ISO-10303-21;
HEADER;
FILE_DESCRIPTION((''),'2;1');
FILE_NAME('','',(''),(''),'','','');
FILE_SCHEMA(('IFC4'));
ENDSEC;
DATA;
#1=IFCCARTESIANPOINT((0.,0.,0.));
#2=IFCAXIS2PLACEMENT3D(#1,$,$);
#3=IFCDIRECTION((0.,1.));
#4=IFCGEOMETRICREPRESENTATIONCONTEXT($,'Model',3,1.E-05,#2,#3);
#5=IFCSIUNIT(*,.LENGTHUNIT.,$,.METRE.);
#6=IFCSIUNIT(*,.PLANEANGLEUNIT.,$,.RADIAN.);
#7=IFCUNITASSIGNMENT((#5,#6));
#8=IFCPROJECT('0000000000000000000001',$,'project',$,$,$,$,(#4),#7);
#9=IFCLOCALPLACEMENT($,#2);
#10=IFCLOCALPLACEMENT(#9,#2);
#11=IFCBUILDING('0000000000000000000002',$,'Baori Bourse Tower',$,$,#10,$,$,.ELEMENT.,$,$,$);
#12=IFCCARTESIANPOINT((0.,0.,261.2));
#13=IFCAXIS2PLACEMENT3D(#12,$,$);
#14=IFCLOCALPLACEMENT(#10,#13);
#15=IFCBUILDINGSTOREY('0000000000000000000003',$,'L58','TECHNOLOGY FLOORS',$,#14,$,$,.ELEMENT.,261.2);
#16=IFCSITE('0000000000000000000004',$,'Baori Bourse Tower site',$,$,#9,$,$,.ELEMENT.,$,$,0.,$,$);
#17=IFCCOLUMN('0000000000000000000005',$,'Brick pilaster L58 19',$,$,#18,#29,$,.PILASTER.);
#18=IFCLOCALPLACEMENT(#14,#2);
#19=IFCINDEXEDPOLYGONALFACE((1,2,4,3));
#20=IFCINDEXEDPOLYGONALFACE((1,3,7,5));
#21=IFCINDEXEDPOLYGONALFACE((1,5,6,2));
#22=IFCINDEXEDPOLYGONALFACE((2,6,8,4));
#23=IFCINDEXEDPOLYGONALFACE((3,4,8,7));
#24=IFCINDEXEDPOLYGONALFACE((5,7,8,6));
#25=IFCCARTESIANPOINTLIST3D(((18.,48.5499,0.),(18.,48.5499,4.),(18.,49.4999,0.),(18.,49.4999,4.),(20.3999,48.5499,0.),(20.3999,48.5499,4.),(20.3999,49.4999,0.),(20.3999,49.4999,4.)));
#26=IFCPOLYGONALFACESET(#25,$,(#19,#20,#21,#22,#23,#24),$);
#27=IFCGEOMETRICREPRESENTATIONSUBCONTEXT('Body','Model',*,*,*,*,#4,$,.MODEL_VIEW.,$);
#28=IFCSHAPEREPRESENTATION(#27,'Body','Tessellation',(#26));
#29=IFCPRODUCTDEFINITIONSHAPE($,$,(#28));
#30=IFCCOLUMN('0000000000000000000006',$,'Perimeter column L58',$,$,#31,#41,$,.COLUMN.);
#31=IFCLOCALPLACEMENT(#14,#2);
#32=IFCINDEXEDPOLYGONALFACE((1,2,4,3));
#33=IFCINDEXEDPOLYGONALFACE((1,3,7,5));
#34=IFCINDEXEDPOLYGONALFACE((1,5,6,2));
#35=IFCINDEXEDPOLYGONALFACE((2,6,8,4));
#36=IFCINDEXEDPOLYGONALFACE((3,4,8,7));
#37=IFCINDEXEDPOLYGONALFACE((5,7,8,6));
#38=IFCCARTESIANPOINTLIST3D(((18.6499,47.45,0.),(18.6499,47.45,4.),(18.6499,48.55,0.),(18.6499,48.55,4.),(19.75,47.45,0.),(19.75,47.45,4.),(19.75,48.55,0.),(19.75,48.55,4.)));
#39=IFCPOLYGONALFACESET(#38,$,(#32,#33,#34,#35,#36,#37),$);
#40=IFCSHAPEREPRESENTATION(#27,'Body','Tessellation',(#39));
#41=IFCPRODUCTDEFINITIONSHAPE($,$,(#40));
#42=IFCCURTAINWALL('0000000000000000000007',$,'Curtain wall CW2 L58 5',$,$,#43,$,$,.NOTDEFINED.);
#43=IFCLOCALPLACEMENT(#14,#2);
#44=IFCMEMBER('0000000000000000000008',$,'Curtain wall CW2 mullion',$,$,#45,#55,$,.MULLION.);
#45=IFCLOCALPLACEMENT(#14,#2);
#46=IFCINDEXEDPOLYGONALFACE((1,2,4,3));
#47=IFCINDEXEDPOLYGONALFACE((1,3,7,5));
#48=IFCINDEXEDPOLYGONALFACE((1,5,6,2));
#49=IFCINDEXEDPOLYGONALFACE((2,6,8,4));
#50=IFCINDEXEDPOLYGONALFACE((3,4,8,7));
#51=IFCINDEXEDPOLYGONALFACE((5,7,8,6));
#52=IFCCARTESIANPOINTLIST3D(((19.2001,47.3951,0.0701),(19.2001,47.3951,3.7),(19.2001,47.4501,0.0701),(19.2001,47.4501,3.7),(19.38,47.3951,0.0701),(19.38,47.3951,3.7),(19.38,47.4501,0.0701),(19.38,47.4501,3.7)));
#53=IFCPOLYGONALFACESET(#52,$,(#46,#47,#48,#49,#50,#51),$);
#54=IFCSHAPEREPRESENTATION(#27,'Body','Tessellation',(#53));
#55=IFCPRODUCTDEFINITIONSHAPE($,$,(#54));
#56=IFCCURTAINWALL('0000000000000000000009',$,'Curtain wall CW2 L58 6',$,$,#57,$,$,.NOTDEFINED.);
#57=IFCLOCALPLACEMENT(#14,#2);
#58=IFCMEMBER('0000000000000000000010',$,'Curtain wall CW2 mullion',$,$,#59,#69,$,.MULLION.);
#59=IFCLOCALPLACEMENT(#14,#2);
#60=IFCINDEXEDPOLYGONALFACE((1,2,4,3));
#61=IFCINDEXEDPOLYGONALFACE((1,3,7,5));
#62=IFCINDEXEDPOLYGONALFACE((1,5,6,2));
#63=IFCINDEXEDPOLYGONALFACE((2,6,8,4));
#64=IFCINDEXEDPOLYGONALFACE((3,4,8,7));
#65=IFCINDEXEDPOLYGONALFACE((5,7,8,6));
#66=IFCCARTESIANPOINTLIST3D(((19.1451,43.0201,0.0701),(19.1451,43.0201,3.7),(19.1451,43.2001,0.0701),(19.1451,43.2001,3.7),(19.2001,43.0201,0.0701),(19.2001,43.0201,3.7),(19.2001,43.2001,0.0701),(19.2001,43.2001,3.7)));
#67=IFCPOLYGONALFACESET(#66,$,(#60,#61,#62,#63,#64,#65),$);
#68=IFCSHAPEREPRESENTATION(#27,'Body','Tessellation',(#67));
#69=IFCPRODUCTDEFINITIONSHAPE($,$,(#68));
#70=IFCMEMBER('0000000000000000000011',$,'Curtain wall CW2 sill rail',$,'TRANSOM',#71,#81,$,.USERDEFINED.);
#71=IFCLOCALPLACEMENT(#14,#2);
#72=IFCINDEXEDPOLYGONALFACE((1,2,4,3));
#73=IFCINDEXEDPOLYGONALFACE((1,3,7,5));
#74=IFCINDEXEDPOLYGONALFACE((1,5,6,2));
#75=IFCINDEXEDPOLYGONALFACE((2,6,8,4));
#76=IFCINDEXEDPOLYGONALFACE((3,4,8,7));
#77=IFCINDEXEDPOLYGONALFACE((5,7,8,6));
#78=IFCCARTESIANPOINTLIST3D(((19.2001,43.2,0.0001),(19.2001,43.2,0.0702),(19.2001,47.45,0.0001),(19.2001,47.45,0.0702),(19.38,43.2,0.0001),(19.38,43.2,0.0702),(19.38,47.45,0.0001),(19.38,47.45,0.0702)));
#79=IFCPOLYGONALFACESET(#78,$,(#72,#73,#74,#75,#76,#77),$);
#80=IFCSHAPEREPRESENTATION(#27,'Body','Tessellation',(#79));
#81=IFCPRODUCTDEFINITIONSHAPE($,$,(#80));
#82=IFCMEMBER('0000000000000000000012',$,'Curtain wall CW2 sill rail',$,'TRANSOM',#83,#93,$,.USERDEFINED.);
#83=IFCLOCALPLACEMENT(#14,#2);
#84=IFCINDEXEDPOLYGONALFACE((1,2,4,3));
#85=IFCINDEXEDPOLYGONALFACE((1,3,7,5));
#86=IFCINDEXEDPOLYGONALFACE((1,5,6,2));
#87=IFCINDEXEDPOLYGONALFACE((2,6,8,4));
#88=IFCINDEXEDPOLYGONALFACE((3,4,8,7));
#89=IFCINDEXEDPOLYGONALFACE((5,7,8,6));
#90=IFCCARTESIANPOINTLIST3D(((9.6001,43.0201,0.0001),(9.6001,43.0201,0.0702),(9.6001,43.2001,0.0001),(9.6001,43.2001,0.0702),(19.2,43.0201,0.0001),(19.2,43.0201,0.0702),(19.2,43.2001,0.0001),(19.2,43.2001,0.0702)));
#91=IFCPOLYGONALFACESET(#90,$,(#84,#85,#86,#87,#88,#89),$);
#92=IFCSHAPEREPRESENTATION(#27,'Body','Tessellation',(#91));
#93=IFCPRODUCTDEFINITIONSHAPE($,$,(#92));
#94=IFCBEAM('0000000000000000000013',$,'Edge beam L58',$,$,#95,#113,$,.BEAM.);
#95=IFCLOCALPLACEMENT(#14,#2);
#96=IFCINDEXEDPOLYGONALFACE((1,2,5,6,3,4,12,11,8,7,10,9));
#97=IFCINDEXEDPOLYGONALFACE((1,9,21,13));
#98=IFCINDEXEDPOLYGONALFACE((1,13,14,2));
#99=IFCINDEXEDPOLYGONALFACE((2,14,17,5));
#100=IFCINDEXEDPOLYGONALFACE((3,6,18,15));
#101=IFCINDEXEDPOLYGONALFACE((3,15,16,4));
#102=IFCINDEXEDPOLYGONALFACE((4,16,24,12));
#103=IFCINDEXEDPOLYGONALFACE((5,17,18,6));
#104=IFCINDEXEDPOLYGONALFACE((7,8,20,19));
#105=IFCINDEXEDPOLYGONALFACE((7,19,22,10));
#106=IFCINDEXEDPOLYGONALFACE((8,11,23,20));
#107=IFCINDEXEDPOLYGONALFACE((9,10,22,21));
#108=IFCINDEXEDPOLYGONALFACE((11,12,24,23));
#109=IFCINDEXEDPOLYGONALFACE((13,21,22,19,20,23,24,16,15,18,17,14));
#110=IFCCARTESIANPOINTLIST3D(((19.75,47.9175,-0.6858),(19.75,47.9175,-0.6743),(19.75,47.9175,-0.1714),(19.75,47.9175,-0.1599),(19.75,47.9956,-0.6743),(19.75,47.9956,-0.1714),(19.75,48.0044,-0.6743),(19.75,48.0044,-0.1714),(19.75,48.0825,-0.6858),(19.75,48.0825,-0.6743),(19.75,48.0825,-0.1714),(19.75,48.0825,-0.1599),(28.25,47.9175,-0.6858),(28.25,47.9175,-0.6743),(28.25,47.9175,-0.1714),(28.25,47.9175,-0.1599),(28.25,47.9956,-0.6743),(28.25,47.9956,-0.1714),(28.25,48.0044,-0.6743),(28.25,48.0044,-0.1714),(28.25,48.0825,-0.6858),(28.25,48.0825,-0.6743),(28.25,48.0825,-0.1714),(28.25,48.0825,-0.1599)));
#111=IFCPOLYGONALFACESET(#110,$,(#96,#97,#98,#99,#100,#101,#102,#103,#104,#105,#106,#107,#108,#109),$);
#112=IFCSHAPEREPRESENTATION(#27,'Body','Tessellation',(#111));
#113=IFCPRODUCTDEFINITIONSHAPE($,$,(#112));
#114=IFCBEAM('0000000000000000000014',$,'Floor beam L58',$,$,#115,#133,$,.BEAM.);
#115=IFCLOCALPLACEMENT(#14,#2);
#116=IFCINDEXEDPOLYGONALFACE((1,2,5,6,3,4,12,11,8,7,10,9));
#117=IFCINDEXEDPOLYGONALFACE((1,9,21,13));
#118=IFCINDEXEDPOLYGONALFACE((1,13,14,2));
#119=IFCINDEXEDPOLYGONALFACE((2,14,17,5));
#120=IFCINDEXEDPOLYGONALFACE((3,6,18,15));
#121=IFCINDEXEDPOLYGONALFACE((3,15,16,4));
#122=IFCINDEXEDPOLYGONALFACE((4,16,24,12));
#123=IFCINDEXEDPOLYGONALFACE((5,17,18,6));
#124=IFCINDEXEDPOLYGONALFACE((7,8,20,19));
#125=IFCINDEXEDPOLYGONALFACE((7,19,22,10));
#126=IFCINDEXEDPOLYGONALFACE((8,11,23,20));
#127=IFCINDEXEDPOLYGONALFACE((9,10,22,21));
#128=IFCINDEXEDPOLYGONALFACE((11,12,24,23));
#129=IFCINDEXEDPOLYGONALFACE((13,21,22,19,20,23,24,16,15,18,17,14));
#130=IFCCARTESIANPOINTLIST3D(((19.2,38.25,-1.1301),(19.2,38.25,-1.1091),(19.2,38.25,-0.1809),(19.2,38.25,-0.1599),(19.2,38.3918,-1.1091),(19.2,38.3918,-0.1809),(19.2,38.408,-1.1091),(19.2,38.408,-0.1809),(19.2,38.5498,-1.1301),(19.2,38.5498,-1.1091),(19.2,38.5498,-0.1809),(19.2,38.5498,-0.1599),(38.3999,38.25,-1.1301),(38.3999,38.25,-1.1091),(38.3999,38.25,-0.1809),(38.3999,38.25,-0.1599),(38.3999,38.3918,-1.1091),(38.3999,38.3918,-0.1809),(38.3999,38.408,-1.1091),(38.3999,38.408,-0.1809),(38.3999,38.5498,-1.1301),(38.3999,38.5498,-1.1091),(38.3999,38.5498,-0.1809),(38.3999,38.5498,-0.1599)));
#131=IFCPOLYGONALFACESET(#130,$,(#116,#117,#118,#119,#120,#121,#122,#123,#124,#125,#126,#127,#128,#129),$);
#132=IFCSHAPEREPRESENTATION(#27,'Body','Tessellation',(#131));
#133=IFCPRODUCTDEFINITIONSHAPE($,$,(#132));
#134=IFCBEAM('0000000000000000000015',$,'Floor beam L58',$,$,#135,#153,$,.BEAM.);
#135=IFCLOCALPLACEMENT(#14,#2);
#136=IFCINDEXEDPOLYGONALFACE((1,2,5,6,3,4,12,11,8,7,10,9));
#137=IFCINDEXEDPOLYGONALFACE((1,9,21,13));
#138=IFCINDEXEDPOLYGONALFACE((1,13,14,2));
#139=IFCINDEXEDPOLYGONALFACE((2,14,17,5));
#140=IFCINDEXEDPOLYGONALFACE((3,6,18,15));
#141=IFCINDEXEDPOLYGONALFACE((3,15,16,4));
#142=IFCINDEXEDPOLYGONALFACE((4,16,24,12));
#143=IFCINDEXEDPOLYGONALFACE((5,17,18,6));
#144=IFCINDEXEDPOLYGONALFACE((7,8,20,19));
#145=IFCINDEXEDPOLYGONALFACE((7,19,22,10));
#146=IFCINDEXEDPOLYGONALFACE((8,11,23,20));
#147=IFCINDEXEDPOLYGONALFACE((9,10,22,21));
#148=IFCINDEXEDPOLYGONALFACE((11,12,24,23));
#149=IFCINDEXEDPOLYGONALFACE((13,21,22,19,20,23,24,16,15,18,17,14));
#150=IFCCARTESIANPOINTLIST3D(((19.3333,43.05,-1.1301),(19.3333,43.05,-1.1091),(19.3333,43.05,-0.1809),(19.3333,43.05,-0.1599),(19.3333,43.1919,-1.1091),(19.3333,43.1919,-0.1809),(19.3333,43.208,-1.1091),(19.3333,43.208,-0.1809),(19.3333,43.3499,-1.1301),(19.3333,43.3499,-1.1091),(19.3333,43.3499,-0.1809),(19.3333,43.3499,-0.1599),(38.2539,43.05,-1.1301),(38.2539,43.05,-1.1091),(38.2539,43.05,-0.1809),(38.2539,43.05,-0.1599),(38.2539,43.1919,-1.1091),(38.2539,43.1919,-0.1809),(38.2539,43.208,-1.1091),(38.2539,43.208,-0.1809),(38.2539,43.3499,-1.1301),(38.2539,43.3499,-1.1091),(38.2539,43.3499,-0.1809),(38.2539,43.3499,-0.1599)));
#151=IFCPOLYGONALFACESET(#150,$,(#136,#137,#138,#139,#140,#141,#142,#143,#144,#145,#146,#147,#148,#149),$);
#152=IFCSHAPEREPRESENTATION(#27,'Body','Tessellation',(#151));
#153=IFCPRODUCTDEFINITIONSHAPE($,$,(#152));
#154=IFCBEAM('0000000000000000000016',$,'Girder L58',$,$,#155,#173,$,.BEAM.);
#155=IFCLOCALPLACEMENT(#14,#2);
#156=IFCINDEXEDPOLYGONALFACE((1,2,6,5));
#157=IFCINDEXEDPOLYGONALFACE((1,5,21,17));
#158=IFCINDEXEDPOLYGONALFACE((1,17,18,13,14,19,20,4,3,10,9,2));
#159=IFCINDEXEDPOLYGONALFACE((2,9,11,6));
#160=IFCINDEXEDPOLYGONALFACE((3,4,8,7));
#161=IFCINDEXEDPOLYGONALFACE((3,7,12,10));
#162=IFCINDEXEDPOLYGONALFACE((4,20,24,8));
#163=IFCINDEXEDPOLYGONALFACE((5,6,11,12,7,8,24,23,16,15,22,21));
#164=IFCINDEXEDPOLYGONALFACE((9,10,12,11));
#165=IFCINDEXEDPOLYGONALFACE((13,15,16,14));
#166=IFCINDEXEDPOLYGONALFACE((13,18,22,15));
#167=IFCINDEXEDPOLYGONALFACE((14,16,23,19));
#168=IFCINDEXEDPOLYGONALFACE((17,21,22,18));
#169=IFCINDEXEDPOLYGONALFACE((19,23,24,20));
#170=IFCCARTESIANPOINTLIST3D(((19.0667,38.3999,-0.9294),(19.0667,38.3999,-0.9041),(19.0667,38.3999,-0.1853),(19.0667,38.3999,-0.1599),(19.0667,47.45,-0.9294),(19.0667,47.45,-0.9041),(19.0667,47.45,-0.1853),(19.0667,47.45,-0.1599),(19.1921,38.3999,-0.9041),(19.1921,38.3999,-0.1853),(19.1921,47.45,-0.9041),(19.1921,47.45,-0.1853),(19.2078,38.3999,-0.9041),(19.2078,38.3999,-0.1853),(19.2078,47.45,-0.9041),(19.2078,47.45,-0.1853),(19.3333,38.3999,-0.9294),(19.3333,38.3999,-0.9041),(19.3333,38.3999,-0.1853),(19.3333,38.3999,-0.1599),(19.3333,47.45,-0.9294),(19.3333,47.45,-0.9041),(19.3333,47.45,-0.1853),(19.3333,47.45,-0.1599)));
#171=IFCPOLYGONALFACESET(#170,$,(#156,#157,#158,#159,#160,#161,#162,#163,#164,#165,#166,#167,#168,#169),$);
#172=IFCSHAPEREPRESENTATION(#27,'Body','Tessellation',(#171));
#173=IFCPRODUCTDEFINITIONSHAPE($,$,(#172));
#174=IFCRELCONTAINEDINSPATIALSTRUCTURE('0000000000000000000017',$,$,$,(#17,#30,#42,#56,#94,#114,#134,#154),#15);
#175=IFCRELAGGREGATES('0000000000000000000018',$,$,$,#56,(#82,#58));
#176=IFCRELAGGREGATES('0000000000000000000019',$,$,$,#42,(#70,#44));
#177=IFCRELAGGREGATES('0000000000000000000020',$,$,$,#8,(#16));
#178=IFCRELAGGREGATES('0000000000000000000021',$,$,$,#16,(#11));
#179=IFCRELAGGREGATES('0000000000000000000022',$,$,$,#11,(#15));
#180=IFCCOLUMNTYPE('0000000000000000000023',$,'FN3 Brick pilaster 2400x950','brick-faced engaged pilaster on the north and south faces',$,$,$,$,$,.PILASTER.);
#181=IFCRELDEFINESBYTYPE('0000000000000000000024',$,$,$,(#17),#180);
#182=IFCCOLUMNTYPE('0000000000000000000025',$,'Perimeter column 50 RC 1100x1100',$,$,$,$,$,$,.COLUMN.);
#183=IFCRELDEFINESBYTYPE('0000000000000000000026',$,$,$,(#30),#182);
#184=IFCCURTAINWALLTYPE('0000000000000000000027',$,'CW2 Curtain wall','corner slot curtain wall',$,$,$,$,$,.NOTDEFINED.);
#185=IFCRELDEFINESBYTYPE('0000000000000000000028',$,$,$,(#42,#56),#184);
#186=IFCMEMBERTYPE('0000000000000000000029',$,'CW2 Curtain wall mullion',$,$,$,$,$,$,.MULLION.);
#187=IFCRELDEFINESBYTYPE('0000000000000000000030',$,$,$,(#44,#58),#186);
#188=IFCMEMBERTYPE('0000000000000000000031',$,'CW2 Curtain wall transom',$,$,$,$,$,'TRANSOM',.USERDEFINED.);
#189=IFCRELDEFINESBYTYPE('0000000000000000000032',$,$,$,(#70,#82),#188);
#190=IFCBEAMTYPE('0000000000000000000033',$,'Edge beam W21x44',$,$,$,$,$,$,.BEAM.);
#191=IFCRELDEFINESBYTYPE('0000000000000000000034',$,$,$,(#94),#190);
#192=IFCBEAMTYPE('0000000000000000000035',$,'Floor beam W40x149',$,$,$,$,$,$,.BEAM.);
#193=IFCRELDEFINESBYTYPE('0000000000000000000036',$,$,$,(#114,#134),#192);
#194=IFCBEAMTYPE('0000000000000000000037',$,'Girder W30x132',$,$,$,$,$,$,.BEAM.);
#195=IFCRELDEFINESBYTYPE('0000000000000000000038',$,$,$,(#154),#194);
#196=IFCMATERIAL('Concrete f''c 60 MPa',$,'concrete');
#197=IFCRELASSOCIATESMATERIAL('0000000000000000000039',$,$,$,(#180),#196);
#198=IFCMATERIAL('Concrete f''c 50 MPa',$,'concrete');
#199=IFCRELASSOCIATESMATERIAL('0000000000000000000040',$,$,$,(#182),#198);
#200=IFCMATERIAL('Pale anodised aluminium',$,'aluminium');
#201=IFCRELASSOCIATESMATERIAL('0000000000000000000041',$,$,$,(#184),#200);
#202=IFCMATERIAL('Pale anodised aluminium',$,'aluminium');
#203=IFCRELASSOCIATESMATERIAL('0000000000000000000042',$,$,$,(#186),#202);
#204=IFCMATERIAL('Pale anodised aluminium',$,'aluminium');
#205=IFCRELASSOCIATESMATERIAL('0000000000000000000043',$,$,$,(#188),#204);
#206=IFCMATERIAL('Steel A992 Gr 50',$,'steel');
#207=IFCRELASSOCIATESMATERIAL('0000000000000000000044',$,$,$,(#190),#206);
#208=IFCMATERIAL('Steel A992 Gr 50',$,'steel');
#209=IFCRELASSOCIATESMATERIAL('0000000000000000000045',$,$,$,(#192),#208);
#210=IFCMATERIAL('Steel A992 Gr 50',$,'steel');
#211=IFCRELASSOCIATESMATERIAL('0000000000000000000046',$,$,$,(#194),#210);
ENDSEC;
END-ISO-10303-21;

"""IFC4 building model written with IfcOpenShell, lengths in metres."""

from ifc_helpers import new_model, si_unit, direction, frame, origin, origin_2d, place, context, subcontext, project, spatial, rectangle, i_section, extrude, material, material_profile, profile_set, type_object, element, aggregate, save


model = new_model("IFC4")

# Units and contexts
model_context = context("Model", 3, precision=1e-05, world=origin(), true_north=direction((0.0, 1.0)))
body_context = subcontext(model_context, "Body", "Model", "MODEL_VIEW")
ifc_project = project(units=[si_unit("LENGTHUNIT", "METRE"), si_unit("PLANEANGLEUNIT", "RADIAN")], contexts=[model_context])

# Site, building, storey
site_placement = place(None, origin())
site = spatial("IfcSite", under=ifc_project, at=site_placement, Name="Baori Bourse Tower site", CompositionType="ELEMENT", RefElevation=0.0)
building_placement = place(site_placement, origin())
building = spatial("IfcBuilding", under=site, at=building_placement, Name="Baori Bourse Tower", CompositionType="ELEMENT")
storey_placement = place(building_placement, frame((0.0, 0.0, 261.2)))
storey = spatial("IfcBuildingStorey", under=building, at=storey_placement, Name="L58", Description="TECHNOLOGY FLOORS", CompositionType="ELEMENT", Elevation=261.2)

# Columns
ifc_material_1 = material(Name="Concrete f'c 60 MPa", Category="concrete")
ifc_material_profile_1 = material_profile(ifc_material_1, rectangle(XDim=2.3999, YDim=0.95, at=origin_2d()), Name="RC 2400x950")
ifc_profile_set_1 = profile_set([ifc_material_profile_1], Name="Concrete f'c 60 MPa")
column_type_1 = type_object("IfcColumnType", Name="FN3 Brick pilaster 2400x950", Description="brick-faced engaged pilaster on the north and south faces", PredefinedType="PILASTER", material=ifc_profile_set_1)
column_1_placement = place(storey_placement, frame((19.2, 49.0249, 0.0), z_axis=(0.0, 0.0, 1.0), x_axis=(1.0, 0.0, 0.0)))
element("IfcColumn", 1, at=column_1_placement, inside=storey, type_object=column_type_1, Name="Brick pilaster L58 19", PredefinedType="PILASTER", context=body_context, shape_type="SweptSolid", body=[
    extrude(rectangle(XDim=2.3999, YDim=0.95, at=origin_2d()), origin(), (0.0, 0.0, 1.0), 4.0),
])
ifc_material_2 = material(Name="Concrete f'c 50 MPa", Category="concrete")
ifc_material_profile_2 = material_profile(ifc_material_2, rectangle(XDim=1.1001, YDim=1.1001, at=origin_2d()), Name="RC 1100x1100")
ifc_profile_set_2 = profile_set([ifc_material_profile_2], Name="Concrete f'c 50 MPa")
column_type_2 = type_object("IfcColumnType", Name="Perimeter column 50 RC 1100x1100", PredefinedType="COLUMN", material=ifc_profile_set_2)
column_2_placement = place(storey_placement, frame((19.2, 48.0, 0.0), z_axis=(0.0, 0.0, 1.0), x_axis=(1.0, 0.0, 0.0)))
element("IfcColumn", 2, at=column_2_placement, inside=storey, type_object=column_type_2, Name="Perimeter column L58", PredefinedType="COLUMN", context=body_context, shape_type="SweptSolid", body=[
    extrude(rectangle(XDim=1.1001, YDim=1.1001, at=origin_2d()), origin(), (0.0, 0.0, 1.0), 4.0),
])

# Curtain walls, members
ifc_material_3 = material(Name="Pale anodised aluminium", Category="aluminium")
curtain_wall_type = type_object("IfcCurtainWallType", Name="CW2 Curtain wall", Description="corner slot curtain wall", PredefinedType="NOTDEFINED", material=ifc_material_3)
curtain_wall_1_placement = place(storey_placement, origin())
curtain_wall_1 = element("IfcCurtainWall", 3, at=curtain_wall_1_placement, inside=storey, type_object=curtain_wall_type, Name="Curtain wall CW2 L58 5", PredefinedType="NOTDEFINED")
ifc_material_4 = material(Name="Pale anodised aluminium", Category="aluminium")
ifc_material_profile_3 = material_profile(ifc_material_4, rectangle(XDim=0.1799, YDim=0.0549, at=origin_2d()), Name="Mullion 55x180")
ifc_profile_set_3 = profile_set([ifc_material_profile_3], Name="Pale anodised aluminium")
member_type_1 = type_object("IfcMemberType", Name="CW2 Curtain wall mullion", PredefinedType="MULLION", material=ifc_profile_set_3)
member_1_placement = place(storey_placement, frame((19.29, 47.4226, 0.0701), z_axis=(0.0, 0.0, 1.0), x_axis=(1.0, 0.0, 0.0)))
member_1 = element("IfcMember", 4, at=member_1_placement, type_object=member_type_1, Name="Curtain wall CW2 mullion", PredefinedType="MULLION", context=body_context, shape_type="SweptSolid", body=[
    extrude(rectangle(XDim=0.1799, YDim=0.0549, at=origin_2d()), origin(), (0.0, 0.0, 1.0), 3.6299),
])
curtain_wall_2_placement = place(storey_placement, origin())
curtain_wall_2 = element("IfcCurtainWall", 5, at=curtain_wall_2_placement, inside=storey, type_object=curtain_wall_type, Name="Curtain wall CW2 L58 6", PredefinedType="NOTDEFINED")
member_2_placement = place(storey_placement, frame((19.1726, 43.1101, 0.0701), z_axis=(0.0, 0.0, 1.0), x_axis=(0.0, -1.0, 0.0)))
member_2 = element("IfcMember", 6, at=member_2_placement, type_object=member_type_1, Name="Curtain wall CW2 mullion", PredefinedType="MULLION", context=body_context, shape_type="SweptSolid", body=[
    extrude(rectangle(XDim=0.1799, YDim=0.0549, at=origin_2d()), origin(), (0.0, 0.0, 1.0), 3.6299),
])

# Members
ifc_material_5 = material(Name="Pale anodised aluminium", Category="aluminium")
ifc_material_profile_4 = material_profile(ifc_material_5, rectangle(XDim=0.1799, YDim=0.0701, at=origin_2d()), Name="Transom 70x180")
ifc_profile_set_4 = profile_set([ifc_material_profile_4], Name="Pale anodised aluminium")
member_type_2 = type_object("IfcMemberType", Name="CW2 Curtain wall transom", ElementType="TRANSOM", PredefinedType="USERDEFINED", material=ifc_profile_set_4)
member_3_placement = place(storey_placement, frame((19.29, 47.45, 0.0352), z_axis=(0.0, -1.0, 0.0), x_axis=(1.0, 0.0, 0.0)))
member_3 = element("IfcMember", 7, at=member_3_placement, type_object=member_type_2, Name="Curtain wall CW2 sill rail", ObjectType="TRANSOM", PredefinedType="USERDEFINED", context=body_context, shape_type="SweptSolid", body=[
    extrude(rectangle(XDim=0.1799, YDim=0.0701, at=origin_2d()), origin(), (0.0, 0.0, 1.0), 4.25),
])
member_4_placement = place(storey_placement, frame((19.2, 43.1101, 0.0352), z_axis=(-1.0, 0.0, 0.0), x_axis=(0.0, -1.0, 0.0)))
member_4 = element("IfcMember", 8, at=member_4_placement, type_object=member_type_2, Name="Curtain wall CW2 sill rail", ObjectType="TRANSOM", PredefinedType="USERDEFINED", context=body_context, shape_type="SweptSolid", body=[
    extrude(rectangle(XDim=0.1799, YDim=0.0701, at=origin_2d()), origin(), (0.0, 0.0, 1.0), 9.5999),
])
aggregate(curtain_wall_2, [member_4, member_2])

# Beams
ifc_material_6 = material(Name="Steel A992 Gr 50", Category="steel")
ifc_material_profile_5 = material_profile(ifc_material_6, i_section(OverallWidth=0.165, OverallDepth=0.5259, WebThickness=0.0088, FlangeThickness=0.0115, at=origin_2d()), Name="W21x44")
ifc_profile_set_5 = profile_set([ifc_material_profile_5], Name="Steel A992 Gr 50")
beam_type_1 = type_object("IfcBeamType", Name="Edge beam W21x44", PredefinedType="BEAM", material=ifc_profile_set_5)
beam_1_placement = place(storey_placement, frame((19.75, 48.0, -0.4229), z_axis=(1.0, 0.0, 0.0), x_axis=(0.0, 1.0, 0.0)))
element("IfcBeam", 9, at=beam_1_placement, inside=storey, type_object=beam_type_1, Name="Edge beam L58", PredefinedType="BEAM", context=body_context, shape_type="SweptSolid", body=[
    extrude(i_section(OverallWidth=0.165, OverallDepth=0.5259, WebThickness=0.0088, FlangeThickness=0.0115, at=origin_2d()), origin(), (0.0, 0.0, 1.0), 8.5),
])
ifc_material_7 = material(Name="Steel A992 Gr 50", Category="steel")
ifc_material_profile_6 = material_profile(ifc_material_7, i_section(OverallWidth=0.2998, OverallDepth=0.9702, WebThickness=0.0161, FlangeThickness=0.021, at=origin_2d()), Name="W40x149")
ifc_profile_set_6 = profile_set([ifc_material_profile_6], Name="Steel A992 Gr 50")
beam_type_2 = type_object("IfcBeamType", Name="Floor beam W40x149", PredefinedType="BEAM", material=ifc_profile_set_6)
beam_2_placement = place(storey_placement, frame((19.2, 38.3999, -0.645), z_axis=(1.0, 0.0, 0.0), x_axis=(0.0, 1.0, 0.0)))
element("IfcBeam", 10, at=beam_2_placement, inside=storey, type_object=beam_type_2, Name="Floor beam L58", PredefinedType="BEAM", context=body_context, shape_type="SweptSolid", body=[
    extrude(i_section(OverallWidth=0.2998, OverallDepth=0.9702, WebThickness=0.0161, FlangeThickness=0.021, at=origin_2d()), origin(), (0.0, 0.0, 1.0), 19.2),
])
beam_3_placement = place(storey_placement, frame((19.3333, 43.2, -0.645), z_axis=(1.0, 0.0, 0.0), x_axis=(0.0, 1.0, 0.0)))
element("IfcBeam", 11, at=beam_3_placement, inside=storey, type_object=beam_type_2, Name="Floor beam L58", PredefinedType="BEAM", context=body_context, shape_type="SweptSolid", body=[
    extrude(i_section(OverallWidth=0.2998, OverallDepth=0.9702, WebThickness=0.0161, FlangeThickness=0.021, at=origin_2d()), origin(), (0.0, 0.0, 1.0), 18.9207),
])
ifc_material_8 = material(Name="Steel A992 Gr 50", Category="steel")
ifc_material_profile_7 = material_profile(ifc_material_8, i_section(OverallWidth=0.2666, OverallDepth=0.7695, WebThickness=0.0156, FlangeThickness=0.0254, at=origin_2d()), Name="W30x132")
ifc_profile_set_7 = profile_set([ifc_material_profile_7], Name="Steel A992 Gr 50")
beam_type_3 = type_object("IfcBeamType", Name="Girder W30x132", PredefinedType="BEAM", material=ifc_profile_set_7)
beam_4_placement = place(storey_placement, frame((19.2, 38.3999, -0.5447), z_axis=(0.0, 1.0, 0.0), x_axis=(-1.0, 0.0, 0.0)))
element("IfcBeam", 12, at=beam_4_placement, inside=storey, type_object=beam_type_3, Name="Girder L58", PredefinedType="BEAM", context=body_context, shape_type="SweptSolid", body=[
    extrude(i_section(OverallWidth=0.2666, OverallDepth=0.7695, WebThickness=0.0156, FlangeThickness=0.0254, at=origin_2d()), origin(), (0.0, 0.0, 1.0), 9.05),
])

aggregate(curtain_wall_1, [member_3, member_1])

save(model, "model.ifc")
